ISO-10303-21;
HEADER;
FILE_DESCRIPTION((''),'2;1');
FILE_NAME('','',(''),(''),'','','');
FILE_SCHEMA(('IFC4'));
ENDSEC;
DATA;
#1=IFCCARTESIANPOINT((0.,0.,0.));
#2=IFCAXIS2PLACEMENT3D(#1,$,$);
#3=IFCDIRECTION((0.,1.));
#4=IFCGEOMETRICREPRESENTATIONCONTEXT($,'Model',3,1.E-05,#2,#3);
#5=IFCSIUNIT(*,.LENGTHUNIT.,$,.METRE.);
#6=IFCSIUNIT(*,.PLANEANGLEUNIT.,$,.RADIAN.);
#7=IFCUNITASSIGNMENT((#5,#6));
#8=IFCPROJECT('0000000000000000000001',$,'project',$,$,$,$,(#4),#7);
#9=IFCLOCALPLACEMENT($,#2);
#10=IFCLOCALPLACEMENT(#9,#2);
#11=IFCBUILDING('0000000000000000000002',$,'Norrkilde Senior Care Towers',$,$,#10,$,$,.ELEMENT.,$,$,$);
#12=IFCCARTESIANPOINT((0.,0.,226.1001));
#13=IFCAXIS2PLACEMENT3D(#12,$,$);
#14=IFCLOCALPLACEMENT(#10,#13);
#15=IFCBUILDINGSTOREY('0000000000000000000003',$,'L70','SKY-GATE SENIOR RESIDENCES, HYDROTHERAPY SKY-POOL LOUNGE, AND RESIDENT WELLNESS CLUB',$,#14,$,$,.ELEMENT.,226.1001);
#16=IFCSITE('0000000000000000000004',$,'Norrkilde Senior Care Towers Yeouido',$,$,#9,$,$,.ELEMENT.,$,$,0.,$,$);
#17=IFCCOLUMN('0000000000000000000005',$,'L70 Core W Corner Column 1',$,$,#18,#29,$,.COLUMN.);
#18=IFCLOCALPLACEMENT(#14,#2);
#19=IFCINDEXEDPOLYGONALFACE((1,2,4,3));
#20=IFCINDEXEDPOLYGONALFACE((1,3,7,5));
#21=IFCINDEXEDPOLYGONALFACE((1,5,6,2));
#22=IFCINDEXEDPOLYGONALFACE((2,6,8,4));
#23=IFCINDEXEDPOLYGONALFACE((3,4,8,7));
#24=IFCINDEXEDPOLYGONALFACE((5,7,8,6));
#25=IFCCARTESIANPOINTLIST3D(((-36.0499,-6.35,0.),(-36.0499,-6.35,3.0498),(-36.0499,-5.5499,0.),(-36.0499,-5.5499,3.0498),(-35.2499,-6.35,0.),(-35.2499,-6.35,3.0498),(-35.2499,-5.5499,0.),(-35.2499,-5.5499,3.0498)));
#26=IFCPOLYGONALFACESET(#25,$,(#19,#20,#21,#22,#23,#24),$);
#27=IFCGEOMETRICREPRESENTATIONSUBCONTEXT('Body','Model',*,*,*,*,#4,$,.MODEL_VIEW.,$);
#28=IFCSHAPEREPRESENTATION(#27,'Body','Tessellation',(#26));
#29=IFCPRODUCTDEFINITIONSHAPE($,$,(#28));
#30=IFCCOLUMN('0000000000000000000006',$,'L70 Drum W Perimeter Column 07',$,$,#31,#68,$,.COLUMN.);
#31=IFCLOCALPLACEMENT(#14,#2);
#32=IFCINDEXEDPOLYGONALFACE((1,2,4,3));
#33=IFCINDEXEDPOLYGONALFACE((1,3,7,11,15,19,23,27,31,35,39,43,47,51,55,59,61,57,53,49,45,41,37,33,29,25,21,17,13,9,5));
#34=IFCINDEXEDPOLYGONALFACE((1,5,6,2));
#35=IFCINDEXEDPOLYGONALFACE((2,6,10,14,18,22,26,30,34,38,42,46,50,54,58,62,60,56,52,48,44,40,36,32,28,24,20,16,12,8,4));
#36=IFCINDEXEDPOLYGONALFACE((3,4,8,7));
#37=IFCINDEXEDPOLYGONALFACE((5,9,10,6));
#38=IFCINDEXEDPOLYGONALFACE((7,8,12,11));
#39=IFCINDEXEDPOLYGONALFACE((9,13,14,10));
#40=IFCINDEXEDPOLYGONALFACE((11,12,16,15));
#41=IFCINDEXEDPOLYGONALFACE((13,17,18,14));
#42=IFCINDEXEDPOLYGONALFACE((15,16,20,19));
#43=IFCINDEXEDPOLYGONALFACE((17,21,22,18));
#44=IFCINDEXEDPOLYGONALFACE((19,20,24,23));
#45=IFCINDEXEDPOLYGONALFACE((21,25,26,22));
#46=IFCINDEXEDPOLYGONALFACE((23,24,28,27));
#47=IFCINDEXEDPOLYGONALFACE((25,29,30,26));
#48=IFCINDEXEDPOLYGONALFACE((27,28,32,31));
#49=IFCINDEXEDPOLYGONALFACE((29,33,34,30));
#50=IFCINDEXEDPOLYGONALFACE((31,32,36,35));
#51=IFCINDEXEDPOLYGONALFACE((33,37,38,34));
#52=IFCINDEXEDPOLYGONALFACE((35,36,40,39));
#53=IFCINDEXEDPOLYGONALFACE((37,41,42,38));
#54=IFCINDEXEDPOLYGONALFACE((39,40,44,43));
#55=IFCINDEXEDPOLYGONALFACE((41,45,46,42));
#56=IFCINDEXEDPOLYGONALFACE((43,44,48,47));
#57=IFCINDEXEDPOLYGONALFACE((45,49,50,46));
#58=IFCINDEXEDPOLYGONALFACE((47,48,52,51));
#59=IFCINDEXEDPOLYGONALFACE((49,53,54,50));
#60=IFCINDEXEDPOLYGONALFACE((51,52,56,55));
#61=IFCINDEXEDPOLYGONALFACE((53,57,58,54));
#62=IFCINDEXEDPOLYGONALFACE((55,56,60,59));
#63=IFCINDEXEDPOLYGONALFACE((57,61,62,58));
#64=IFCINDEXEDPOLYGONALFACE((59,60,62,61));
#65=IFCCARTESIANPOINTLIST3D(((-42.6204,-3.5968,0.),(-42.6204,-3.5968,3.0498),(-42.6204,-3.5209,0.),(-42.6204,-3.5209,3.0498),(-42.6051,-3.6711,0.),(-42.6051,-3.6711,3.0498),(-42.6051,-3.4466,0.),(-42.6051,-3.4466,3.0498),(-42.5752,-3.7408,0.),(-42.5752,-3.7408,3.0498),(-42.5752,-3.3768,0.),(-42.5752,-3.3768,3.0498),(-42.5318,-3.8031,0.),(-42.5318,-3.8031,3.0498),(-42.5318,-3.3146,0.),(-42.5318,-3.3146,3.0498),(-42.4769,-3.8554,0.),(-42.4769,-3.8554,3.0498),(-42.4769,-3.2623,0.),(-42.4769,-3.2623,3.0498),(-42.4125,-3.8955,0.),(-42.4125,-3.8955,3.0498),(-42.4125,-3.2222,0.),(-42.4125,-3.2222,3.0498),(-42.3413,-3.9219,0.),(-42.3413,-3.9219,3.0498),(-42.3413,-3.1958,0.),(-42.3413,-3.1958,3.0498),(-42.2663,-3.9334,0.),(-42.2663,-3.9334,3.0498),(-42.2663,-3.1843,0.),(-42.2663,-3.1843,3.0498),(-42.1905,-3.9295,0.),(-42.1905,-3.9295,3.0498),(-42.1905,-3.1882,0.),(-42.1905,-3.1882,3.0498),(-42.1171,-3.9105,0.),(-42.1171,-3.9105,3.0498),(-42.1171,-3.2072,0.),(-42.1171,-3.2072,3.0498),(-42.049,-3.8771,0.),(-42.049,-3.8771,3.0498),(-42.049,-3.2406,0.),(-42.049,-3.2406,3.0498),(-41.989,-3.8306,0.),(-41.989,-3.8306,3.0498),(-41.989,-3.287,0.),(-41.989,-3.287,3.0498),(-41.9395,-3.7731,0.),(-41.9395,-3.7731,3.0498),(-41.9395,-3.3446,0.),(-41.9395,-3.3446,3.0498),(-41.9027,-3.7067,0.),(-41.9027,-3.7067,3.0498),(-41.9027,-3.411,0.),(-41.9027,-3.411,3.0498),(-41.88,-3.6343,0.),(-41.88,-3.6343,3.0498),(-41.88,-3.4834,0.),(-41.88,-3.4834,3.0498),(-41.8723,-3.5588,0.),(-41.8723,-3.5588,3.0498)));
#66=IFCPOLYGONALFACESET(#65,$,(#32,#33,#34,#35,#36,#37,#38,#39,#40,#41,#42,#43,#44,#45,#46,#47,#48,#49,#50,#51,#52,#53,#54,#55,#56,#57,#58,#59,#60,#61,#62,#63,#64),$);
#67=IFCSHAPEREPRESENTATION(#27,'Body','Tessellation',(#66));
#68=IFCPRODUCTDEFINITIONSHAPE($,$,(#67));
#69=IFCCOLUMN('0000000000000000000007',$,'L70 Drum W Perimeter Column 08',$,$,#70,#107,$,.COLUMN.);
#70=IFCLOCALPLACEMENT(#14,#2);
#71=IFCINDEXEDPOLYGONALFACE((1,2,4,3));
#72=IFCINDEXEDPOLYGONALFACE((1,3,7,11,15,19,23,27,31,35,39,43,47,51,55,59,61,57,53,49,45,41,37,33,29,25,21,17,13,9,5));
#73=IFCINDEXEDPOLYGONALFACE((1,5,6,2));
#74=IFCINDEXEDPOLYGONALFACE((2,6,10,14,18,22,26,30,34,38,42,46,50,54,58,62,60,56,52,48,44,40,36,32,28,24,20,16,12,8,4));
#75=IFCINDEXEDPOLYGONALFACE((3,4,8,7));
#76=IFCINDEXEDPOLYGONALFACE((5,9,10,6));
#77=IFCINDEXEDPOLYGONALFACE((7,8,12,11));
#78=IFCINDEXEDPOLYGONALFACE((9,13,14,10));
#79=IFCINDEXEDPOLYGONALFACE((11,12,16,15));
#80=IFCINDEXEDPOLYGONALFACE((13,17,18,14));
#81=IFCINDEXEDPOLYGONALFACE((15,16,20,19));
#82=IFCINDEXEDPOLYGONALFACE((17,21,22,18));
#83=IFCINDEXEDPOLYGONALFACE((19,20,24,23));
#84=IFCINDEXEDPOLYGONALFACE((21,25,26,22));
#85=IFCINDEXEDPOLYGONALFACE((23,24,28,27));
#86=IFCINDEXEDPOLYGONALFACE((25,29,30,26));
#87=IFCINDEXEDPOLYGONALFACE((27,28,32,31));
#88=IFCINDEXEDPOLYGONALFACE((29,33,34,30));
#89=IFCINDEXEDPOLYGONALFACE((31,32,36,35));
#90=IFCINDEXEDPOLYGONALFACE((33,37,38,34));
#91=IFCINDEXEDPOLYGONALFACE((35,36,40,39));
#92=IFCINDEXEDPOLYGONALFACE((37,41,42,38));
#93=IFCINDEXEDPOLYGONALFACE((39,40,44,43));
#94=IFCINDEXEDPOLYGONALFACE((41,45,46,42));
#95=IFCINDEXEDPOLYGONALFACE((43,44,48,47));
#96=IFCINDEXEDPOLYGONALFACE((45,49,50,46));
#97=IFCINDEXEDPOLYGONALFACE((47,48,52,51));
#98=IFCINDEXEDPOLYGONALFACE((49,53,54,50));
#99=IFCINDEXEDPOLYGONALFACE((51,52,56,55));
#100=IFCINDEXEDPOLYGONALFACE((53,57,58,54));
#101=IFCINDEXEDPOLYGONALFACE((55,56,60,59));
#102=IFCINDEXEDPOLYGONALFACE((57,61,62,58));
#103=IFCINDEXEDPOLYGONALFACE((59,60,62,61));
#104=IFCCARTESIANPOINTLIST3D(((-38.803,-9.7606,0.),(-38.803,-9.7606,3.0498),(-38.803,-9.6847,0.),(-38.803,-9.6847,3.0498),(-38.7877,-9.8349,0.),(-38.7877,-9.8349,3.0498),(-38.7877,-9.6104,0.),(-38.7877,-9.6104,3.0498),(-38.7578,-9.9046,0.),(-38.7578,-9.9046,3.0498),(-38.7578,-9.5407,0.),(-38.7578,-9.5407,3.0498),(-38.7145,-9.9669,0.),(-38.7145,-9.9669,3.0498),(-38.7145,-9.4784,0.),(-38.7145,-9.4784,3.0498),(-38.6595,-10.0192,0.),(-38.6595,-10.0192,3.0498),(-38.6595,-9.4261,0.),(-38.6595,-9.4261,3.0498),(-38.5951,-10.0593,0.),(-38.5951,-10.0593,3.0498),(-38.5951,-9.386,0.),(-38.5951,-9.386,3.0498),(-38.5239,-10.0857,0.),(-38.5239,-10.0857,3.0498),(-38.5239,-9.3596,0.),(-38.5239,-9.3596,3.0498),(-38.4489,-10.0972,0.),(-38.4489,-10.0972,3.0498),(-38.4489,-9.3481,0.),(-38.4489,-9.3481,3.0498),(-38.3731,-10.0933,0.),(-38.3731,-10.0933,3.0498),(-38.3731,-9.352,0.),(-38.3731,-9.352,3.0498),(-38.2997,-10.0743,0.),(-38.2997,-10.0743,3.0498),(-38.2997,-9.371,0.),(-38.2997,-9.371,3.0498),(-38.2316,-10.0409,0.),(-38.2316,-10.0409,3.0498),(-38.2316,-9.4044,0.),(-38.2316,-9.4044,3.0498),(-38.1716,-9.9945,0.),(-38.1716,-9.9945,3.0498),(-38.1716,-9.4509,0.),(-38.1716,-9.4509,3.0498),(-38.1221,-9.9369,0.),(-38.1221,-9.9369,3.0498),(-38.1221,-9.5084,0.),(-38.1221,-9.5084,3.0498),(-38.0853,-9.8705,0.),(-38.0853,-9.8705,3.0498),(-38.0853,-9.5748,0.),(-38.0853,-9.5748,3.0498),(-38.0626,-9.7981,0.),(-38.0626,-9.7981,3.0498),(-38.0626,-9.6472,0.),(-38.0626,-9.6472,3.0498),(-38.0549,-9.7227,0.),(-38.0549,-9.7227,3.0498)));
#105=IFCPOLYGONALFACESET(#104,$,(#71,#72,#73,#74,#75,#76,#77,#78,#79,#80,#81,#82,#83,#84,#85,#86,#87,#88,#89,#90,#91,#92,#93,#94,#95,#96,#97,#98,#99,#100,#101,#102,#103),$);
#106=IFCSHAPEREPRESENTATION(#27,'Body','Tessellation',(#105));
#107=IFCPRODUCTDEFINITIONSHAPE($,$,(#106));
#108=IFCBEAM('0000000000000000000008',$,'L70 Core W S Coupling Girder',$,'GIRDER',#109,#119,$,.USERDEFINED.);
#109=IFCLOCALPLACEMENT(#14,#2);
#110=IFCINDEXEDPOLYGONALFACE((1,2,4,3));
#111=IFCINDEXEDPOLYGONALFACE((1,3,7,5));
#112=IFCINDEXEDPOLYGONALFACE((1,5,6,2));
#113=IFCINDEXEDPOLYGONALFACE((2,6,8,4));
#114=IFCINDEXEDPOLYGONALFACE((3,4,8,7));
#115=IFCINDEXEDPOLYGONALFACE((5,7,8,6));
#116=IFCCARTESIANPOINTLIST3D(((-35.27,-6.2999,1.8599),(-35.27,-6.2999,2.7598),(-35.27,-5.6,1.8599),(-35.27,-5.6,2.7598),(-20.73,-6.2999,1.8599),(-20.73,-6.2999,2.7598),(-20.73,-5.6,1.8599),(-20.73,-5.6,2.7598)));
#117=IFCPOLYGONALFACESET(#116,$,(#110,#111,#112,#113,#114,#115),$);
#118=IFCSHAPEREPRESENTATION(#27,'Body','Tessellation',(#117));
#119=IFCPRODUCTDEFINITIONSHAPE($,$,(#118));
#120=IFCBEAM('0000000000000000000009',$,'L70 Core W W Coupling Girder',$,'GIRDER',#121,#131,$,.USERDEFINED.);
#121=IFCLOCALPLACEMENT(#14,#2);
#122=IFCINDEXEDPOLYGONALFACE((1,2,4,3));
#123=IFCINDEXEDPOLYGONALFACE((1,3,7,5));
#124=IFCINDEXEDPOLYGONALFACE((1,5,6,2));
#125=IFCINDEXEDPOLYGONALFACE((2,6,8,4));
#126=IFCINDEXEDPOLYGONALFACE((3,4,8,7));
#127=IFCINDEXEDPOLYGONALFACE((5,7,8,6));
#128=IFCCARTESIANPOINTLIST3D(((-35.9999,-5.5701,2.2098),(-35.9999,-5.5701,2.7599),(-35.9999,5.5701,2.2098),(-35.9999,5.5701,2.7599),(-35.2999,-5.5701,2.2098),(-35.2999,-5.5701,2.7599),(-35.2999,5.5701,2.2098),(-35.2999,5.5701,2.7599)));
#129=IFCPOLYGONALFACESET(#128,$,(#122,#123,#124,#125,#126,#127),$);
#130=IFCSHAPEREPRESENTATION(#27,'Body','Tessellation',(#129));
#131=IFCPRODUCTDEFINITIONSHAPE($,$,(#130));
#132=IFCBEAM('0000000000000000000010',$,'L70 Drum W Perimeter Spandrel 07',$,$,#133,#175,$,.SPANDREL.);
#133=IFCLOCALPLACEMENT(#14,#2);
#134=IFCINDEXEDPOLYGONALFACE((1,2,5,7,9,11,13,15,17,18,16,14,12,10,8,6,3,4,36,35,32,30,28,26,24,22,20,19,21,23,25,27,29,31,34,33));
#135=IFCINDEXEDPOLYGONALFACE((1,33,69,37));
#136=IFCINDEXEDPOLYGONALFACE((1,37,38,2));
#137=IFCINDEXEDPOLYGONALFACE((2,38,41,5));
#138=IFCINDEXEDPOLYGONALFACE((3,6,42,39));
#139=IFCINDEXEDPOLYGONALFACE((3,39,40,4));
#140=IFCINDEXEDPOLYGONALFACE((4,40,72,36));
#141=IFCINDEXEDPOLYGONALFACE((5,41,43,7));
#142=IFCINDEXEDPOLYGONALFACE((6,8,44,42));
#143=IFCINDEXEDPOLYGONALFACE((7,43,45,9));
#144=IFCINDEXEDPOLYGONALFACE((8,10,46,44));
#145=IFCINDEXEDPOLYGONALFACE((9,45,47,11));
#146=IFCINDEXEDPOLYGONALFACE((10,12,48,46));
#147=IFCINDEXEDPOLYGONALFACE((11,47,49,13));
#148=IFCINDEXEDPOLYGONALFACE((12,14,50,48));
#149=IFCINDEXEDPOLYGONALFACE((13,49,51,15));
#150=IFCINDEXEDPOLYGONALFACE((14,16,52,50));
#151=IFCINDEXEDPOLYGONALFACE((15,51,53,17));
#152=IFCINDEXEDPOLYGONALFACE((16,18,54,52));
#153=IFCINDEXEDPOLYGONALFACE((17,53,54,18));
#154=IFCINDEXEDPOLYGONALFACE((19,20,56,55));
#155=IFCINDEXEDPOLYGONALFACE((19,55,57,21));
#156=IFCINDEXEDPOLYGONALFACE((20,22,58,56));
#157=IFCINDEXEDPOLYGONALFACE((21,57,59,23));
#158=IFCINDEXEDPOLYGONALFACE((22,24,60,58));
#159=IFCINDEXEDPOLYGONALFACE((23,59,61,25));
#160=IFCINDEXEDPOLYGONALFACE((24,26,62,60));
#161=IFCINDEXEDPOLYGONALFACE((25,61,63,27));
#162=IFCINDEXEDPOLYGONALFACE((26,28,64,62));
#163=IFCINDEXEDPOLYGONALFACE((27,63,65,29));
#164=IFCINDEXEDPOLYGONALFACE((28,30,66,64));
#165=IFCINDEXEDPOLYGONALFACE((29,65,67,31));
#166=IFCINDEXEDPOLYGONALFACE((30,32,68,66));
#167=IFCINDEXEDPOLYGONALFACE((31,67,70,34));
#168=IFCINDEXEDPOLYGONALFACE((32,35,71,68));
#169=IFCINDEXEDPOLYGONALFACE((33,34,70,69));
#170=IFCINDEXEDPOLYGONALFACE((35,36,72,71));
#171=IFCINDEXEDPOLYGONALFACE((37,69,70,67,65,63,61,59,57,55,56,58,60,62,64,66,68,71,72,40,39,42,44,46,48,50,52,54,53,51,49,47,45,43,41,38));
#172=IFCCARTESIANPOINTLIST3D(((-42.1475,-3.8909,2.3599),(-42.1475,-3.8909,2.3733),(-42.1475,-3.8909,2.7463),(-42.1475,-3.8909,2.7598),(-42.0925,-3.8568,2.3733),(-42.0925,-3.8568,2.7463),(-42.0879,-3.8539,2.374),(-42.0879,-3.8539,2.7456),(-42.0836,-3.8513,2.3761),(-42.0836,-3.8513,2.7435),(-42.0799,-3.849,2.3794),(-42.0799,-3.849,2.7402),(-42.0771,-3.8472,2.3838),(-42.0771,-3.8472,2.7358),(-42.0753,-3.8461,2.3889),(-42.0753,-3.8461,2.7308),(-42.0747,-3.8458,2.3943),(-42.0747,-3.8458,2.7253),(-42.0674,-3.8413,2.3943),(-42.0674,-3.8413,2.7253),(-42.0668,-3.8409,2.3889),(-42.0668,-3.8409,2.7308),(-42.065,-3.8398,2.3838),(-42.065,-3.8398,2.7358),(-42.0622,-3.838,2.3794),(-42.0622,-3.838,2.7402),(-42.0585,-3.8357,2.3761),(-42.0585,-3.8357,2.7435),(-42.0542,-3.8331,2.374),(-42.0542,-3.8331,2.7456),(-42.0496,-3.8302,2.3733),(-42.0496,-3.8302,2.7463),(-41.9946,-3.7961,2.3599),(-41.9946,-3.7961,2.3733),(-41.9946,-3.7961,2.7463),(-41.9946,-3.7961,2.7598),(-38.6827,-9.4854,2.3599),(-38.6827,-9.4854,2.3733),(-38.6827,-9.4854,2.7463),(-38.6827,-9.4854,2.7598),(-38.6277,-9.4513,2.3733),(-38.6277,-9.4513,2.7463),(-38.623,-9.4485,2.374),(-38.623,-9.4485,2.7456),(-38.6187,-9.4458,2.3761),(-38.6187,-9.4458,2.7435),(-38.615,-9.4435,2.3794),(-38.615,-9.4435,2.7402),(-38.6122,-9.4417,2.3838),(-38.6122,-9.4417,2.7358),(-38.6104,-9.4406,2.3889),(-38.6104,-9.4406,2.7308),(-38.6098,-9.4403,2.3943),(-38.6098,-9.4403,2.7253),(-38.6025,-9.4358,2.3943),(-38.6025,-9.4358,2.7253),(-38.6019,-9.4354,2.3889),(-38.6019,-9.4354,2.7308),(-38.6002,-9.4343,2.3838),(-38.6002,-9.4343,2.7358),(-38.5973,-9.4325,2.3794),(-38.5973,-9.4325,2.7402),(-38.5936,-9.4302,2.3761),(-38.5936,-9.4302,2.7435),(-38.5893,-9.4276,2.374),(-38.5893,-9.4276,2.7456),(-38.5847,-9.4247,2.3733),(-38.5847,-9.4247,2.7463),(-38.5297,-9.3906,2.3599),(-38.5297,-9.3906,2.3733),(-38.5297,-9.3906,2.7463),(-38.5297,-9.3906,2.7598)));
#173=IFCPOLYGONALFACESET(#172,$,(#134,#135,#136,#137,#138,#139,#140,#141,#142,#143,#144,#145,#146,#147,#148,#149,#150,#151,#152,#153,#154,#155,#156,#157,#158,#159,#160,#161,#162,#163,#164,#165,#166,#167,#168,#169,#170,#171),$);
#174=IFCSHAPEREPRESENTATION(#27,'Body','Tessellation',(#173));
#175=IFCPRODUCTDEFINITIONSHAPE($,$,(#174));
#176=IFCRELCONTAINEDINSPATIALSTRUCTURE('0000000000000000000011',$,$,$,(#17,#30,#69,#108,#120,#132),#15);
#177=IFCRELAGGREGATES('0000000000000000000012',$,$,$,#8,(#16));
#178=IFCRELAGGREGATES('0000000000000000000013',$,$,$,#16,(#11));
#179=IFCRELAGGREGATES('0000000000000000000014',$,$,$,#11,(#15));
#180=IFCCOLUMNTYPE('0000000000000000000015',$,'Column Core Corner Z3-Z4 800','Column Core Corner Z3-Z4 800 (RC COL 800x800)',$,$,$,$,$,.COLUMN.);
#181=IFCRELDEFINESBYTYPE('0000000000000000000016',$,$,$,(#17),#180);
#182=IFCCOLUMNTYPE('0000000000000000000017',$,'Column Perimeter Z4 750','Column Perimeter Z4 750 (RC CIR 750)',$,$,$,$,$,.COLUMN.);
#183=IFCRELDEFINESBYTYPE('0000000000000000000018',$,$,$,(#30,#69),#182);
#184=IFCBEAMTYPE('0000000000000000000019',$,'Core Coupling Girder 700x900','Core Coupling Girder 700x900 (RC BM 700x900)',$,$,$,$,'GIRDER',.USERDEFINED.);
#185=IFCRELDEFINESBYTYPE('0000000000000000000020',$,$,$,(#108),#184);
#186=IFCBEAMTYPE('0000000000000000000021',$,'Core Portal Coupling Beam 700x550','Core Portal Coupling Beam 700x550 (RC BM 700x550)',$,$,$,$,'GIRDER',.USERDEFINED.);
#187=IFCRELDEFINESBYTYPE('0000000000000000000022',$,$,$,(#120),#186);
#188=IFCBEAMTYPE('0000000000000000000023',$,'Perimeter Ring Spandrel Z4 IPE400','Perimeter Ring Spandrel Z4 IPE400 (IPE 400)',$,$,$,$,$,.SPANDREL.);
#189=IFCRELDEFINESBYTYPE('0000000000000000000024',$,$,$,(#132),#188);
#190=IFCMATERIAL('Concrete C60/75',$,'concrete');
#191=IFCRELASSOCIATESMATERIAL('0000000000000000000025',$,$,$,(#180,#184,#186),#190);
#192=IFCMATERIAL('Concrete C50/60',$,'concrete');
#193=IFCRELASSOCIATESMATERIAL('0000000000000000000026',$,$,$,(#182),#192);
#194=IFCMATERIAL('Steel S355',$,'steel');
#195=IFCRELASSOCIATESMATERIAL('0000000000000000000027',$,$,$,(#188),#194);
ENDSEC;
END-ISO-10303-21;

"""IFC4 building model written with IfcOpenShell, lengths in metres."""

from ifc_helpers import new_model, si_unit, direction, frame, origin, origin_2d, place, context, subcontext, project, spatial, rectangle, circle, i_section, extrude, source, transform, mapped, material, material_profile, profile_set, type_object, type_shapes, element, save


model = new_model("IFC4")

# Units and contexts
model_context = context("Model", 3, precision=1e-05, world=origin(), true_north=direction((0.0, 1.0)))
body_context = subcontext(model_context, "Body", "Model", "MODEL_VIEW")
ifc_project = project(units=[si_unit("LENGTHUNIT", "METRE"), si_unit("PLANEANGLEUNIT", "RADIAN")], contexts=[model_context])

# Site, building, storey
site_placement = place(None, origin())
site = spatial("IfcSite", under=ifc_project, at=site_placement, Name="Norrkilde Senior Care Towers Yeouido", CompositionType="ELEMENT", RefElevation=0.0)
building_placement = place(site_placement, origin())
building = spatial("IfcBuilding", under=site, at=building_placement, Name="Norrkilde Senior Care Towers", CompositionType="ELEMENT")
storey_placement = place(building_placement, frame((0.0, 0.0, 226.1001)))
storey = spatial("IfcBuildingStorey", under=building, at=storey_placement, Name="L70", Description="SKY-GATE SENIOR RESIDENCES, HYDROTHERAPY SKY-POOL LOUNGE, AND RESIDENT WELLNESS CLUB", CompositionType="ELEMENT", Elevation=226.1001)

# Columns
ifc_material_1 = material(Name="Concrete C60/75", Category="concrete")
ifc_material_profile_1 = material_profile(ifc_material_1, rectangle(XDim=0.8, YDim=0.8, at=origin_2d()), Name="RC COL 800x800")
ifc_profile_set_1 = profile_set([ifc_material_profile_1], Name="Concrete C60/75")
column_type_1 = type_object("IfcColumnType", Name="Column Core Corner Z3-Z4 800", Description="Column Core Corner Z3-Z4 800 (RC COL 800x800)", PredefinedType="COLUMN", material=ifc_profile_set_1)
shared_shape_1 = source(origin(), body_context, "Body", "SweptSolid", [
    extrude(rectangle(XDim=0.8, YDim=0.8, at=origin_2d()), origin(), (0.0, 0.0, 1.0), 3.0498),
])
type_shapes(column_type_1, [shared_shape_1])
column_placement = place(storey_placement, frame((-35.6499, -5.95, 0.0), z_axis=(0.0, 0.0, 1.0), x_axis=(1.0, 0.0, 0.0)))
element("IfcColumn", 1, at=column_placement, inside=storey, type_object=column_type_1, Name="L70 Core W Corner Column 1", PredefinedType="COLUMN", context=body_context, shape_type="MappedRepresentation", body=[
    mapped(shared_shape_1, transform((0.0, 0.0, 0.0), x_axis=(1.0, 0.0, 0.0), y_axis=(0.0, 1.0, 0.0), z_axis=(0.0, 0.0, 1.0), scale=1.0)),
])
ifc_material_2 = material(Name="Concrete C50/60", Category="concrete")
ifc_material_profile_2 = material_profile(ifc_material_2, circle(Radius=0.375, at=origin_2d()), Name="RC CIR 750")
ifc_profile_set_2 = profile_set([ifc_material_profile_2], Name="Concrete C50/60")
column_type_2 = type_object("IfcColumnType", Name="Column Perimeter Z4 750", Description="Column Perimeter Z4 750 (RC CIR 750)", PredefinedType="COLUMN", material=ifc_profile_set_2)
shared_shape_2 = source(origin(), body_context, "Body", "SweptSolid", [
    extrude(circle(Radius=0.375, at=origin_2d()), origin(), (0.0, 0.0, 1.0), 3.0498),
])
type_shapes(column_type_2, [shared_shape_2])
for number, where, z_axis, x_axis, name in (
    (2, (-42.2473, -3.5588, 0.0), (0.0, 0.0, 1.0), (1.0, 0.0, 0.0), "L70 Drum W Perimeter Column 07"),
    (3, (-38.4299, -9.7227, 0.0), (0.0, 0.0, 1.0), (1.0, 0.0, 0.0), "L70 Drum W Perimeter Column 08"),
):
    element("IfcColumn", number, at=place(storey_placement, frame(where, z_axis=z_axis, x_axis=x_axis)), inside=storey, type_object=column_type_2, Name=name, PredefinedType="COLUMN", context=body_context, shape_type="MappedRepresentation", body=[
        mapped(shared_shape_2, transform((0.0, 0.0, 0.0), x_axis=(1.0, 0.0, 0.0), y_axis=(0.0, 1.0, 0.0), z_axis=(0.0, 0.0, 1.0), scale=1.0)),
    ])

# Beams
ifc_material_profile_3 = material_profile(ifc_material_1, rectangle(XDim=0.7, YDim=0.8999, at=origin_2d()), Name="RC BM 700x900")
ifc_profile_set_3 = profile_set([ifc_material_profile_3], Name="Concrete C60/75")
beam_type_1 = type_object("IfcBeamType", Name="Core Coupling Girder 700x900", Description="Core Coupling Girder 700x900 (RC BM 700x900)", ElementType="GIRDER", PredefinedType="USERDEFINED", material=ifc_profile_set_3)
shared_shape_3 = source(origin(), body_context, "Body", "SweptSolid", [
    extrude(rectangle(XDim=0.7, YDim=0.8999, at=origin_2d()), origin(), (0.0, 0.0, 1.0), 14.54),
])
type_shapes(beam_type_1, [shared_shape_3])
beam_1_placement = place(storey_placement, frame((-35.27, -5.95, 2.3098), z_axis=(1.0, 0.0, 0.0), x_axis=(0.0, 1.0, 0.0)))
element("IfcBeam", 4, at=beam_1_placement, inside=storey, type_object=beam_type_1, Name="L70 Core W S Coupling Girder", ObjectType="GIRDER", PredefinedType="USERDEFINED", context=body_context, shape_type="MappedRepresentation", body=[
    mapped(shared_shape_3, transform((0.0, 0.0, 0.0), x_axis=(1.0, 0.0, 0.0), y_axis=(0.0, 1.0, 0.0), z_axis=(0.0, 0.0, 1.0), scale=1.0)),
])
ifc_material_profile_4 = material_profile(ifc_material_1, rectangle(XDim=0.7, YDim=0.55, at=origin_2d()), Name="RC BM 700x550")
ifc_profile_set_4 = profile_set([ifc_material_profile_4], Name="Concrete C60/75")
beam_type_2 = type_object("IfcBeamType", Name="Core Portal Coupling Beam 700x550", Description="Core Portal Coupling Beam 700x550 (RC BM 700x550)", ElementType="GIRDER", PredefinedType="USERDEFINED", material=ifc_profile_set_4)
shared_shape_4 = source(origin(), body_context, "Body", "SweptSolid", [
    extrude(rectangle(XDim=0.7, YDim=0.55, at=origin_2d()), origin(), (0.0, 0.0, 1.0), 11.1401),
])
type_shapes(beam_type_2, [shared_shape_4])
beam_2_placement = place(storey_placement, frame((-35.6499, -5.5701, 2.4849), z_axis=(0.0, 1.0, 0.0), x_axis=(-1.0, 0.0, 0.0)))
element("IfcBeam", 5, at=beam_2_placement, inside=storey, type_object=beam_type_2, Name="L70 Core W W Coupling Girder", ObjectType="GIRDER", PredefinedType="USERDEFINED", context=body_context, shape_type="MappedRepresentation", body=[
    mapped(shared_shape_4, transform((0.0, 0.0, 0.0), x_axis=(1.0, 0.0, 0.0), y_axis=(0.0, 1.0, 0.0), z_axis=(0.0, 0.0, 1.0), scale=1.0)),
])
ifc_material_3 = material(Name="Steel S355", Category="steel")
ifc_material_profile_5 = material_profile(ifc_material_3, i_section(OverallWidth=0.1799, OverallDepth=0.3999, WebThickness=0.0085, FlangeThickness=0.0134, FilletRadius=0.021, at=origin_2d()), Name="IPE 400")
ifc_profile_set_5 = profile_set([ifc_material_profile_5], Name="Steel S355")
beam_type_3 = type_object("IfcBeamType", Name="Perimeter Ring Spandrel Z4 IPE400", Description="Perimeter Ring Spandrel Z4 IPE400 (IPE 400)", PredefinedType="SPANDREL", material=ifc_profile_set_5)
shared_shape_5 = source(origin(), body_context, "Body", "SweptSolid", [
    extrude(i_section(OverallWidth=0.1799, OverallDepth=0.3999, WebThickness=0.0085, FlangeThickness=0.0134, FilletRadius=0.021, at=origin_2d()), origin(), (0.0, 0.0, 1.0), 6.5806),
])
beam_3_placement = place(storey_placement, frame((-42.071, -3.8435, 2.5598), z_axis=(0.52653, -0.850157, 0.0), x_axis=(0.850157, 0.52653, 0.0)))
element("IfcBeam", 6, at=beam_3_placement, inside=storey, type_object=beam_type_3, Name="L70 Drum W Perimeter Spandrel 07", PredefinedType="SPANDREL", context=body_context, shape_type="MappedRepresentation", body=[
    mapped(shared_shape_5, transform((0.0, 0.0, 0.0), x_axis=(1.0, 0.0, 0.0), y_axis=(0.0, 1.0, 0.0), z_axis=(0.0, 0.0, 1.0), scale=1.0)),
])

save(model, "model.ifc")
